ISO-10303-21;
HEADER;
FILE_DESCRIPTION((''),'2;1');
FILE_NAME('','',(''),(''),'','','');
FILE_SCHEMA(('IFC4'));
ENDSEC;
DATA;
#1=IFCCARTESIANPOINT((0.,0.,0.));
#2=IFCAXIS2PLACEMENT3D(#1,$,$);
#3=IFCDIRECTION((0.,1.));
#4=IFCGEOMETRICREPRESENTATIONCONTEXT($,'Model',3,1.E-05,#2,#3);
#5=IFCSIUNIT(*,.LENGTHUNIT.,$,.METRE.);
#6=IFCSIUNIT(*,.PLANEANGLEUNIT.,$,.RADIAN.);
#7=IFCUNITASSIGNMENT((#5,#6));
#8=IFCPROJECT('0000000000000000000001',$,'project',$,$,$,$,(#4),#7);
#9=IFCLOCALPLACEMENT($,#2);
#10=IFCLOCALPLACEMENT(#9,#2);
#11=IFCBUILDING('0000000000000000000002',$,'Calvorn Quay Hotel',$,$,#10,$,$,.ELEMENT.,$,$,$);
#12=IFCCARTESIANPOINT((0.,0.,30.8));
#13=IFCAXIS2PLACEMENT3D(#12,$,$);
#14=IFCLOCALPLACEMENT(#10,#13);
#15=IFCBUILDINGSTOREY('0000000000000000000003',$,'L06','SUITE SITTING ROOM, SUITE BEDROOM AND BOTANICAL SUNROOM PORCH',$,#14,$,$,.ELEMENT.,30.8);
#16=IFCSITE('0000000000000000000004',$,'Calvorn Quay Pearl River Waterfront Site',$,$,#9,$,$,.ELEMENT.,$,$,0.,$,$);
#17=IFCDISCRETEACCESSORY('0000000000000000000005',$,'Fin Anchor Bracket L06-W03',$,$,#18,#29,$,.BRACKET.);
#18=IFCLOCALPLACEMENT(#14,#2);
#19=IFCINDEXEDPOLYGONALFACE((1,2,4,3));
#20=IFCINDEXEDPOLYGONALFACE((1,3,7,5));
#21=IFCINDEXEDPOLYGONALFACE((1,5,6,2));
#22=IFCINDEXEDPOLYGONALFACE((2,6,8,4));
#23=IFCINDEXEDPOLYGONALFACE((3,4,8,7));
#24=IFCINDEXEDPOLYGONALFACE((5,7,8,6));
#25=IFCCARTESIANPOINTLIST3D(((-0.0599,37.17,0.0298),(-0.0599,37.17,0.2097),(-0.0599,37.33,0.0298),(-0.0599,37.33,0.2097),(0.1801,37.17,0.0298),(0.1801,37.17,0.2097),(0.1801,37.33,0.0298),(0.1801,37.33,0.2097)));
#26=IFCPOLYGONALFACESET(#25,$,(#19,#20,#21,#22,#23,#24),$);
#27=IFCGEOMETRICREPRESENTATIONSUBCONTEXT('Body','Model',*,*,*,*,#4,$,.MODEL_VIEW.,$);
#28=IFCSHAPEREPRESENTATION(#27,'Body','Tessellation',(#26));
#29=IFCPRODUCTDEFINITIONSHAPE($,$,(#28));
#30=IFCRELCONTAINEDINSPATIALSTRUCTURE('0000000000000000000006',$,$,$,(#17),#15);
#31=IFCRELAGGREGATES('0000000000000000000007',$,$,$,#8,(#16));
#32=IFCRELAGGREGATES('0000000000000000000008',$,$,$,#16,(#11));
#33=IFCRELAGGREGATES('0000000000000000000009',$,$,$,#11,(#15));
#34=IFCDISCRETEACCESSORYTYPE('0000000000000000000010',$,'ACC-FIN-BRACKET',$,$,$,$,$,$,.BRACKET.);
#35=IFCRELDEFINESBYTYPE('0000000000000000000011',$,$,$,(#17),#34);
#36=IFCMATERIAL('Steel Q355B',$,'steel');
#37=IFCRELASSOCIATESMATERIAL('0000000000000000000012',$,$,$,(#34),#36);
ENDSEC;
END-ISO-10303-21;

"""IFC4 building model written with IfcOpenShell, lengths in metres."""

from ifc_helpers import new_model, si_unit, direction, frame, origin, origin_2d, place, context, subcontext, project, spatial, rectangle, extrude, material, type_object, element, save


model = new_model("IFC4")

# Units and contexts
model_context = context("Model", 3, precision=1e-05, world=origin(), true_north=direction((0.0, 1.0)))
body_context = subcontext(model_context, "Body", "Model", "MODEL_VIEW")
ifc_project = project(units=[si_unit("LENGTHUNIT", "METRE"), si_unit("PLANEANGLEUNIT", "RADIAN")], contexts=[model_context])

# Site, building, storey
site_placement = place(None, origin())
site = spatial("IfcSite", under=ifc_project, at=site_placement, Name="Calvorn Quay Pearl River Waterfront Site", CompositionType="ELEMENT", RefElevation=0.0)
building_placement = place(site_placement, origin())
building = spatial("IfcBuilding", under=site, at=building_placement, Name="Calvorn Quay Hotel", CompositionType="ELEMENT")
storey_placement = place(building_placement, frame((0.0, 0.0, 30.8)))
storey = spatial("IfcBuildingStorey", under=building, at=storey_placement, Name="L06", Description="SUITE SITTING ROOM, SUITE BEDROOM AND BOTANICAL SUNROOM PORCH", CompositionType="ELEMENT", Elevation=30.8)

# Discrete accessory
ifc_material_1 = material(Name="Steel Q355B", Category="steel")
discrete_accessory_type = type_object("IfcDiscreteAccessoryType", Name="ACC-FIN-BRACKET", PredefinedType="BRACKET", material=ifc_material_1)
for number, where, z_axis, x_axis, name in (
    (1, (0.0601, 37.25, 0.0298), (0.0, 0.0, 1.0), (1.0, 0.0, 0.0), "Fin Anchor Bracket L06-W03"),
):
    element("IfcDiscreteAccessory", number, at=place(storey_placement, frame(where, z_axis=z_axis, x_axis=x_axis)), inside=storey, type_object=discrete_accessory_type, Name=name, PredefinedType="BRACKET", context=body_context, shape_type="SweptSolid", body=[
        extrude(rectangle(XDim=0.24, YDim=0.1599, at=origin_2d()), origin(), (0.0, 0.0, 1.0), 0.1799),
    ])

save(model, "model.ifc")
